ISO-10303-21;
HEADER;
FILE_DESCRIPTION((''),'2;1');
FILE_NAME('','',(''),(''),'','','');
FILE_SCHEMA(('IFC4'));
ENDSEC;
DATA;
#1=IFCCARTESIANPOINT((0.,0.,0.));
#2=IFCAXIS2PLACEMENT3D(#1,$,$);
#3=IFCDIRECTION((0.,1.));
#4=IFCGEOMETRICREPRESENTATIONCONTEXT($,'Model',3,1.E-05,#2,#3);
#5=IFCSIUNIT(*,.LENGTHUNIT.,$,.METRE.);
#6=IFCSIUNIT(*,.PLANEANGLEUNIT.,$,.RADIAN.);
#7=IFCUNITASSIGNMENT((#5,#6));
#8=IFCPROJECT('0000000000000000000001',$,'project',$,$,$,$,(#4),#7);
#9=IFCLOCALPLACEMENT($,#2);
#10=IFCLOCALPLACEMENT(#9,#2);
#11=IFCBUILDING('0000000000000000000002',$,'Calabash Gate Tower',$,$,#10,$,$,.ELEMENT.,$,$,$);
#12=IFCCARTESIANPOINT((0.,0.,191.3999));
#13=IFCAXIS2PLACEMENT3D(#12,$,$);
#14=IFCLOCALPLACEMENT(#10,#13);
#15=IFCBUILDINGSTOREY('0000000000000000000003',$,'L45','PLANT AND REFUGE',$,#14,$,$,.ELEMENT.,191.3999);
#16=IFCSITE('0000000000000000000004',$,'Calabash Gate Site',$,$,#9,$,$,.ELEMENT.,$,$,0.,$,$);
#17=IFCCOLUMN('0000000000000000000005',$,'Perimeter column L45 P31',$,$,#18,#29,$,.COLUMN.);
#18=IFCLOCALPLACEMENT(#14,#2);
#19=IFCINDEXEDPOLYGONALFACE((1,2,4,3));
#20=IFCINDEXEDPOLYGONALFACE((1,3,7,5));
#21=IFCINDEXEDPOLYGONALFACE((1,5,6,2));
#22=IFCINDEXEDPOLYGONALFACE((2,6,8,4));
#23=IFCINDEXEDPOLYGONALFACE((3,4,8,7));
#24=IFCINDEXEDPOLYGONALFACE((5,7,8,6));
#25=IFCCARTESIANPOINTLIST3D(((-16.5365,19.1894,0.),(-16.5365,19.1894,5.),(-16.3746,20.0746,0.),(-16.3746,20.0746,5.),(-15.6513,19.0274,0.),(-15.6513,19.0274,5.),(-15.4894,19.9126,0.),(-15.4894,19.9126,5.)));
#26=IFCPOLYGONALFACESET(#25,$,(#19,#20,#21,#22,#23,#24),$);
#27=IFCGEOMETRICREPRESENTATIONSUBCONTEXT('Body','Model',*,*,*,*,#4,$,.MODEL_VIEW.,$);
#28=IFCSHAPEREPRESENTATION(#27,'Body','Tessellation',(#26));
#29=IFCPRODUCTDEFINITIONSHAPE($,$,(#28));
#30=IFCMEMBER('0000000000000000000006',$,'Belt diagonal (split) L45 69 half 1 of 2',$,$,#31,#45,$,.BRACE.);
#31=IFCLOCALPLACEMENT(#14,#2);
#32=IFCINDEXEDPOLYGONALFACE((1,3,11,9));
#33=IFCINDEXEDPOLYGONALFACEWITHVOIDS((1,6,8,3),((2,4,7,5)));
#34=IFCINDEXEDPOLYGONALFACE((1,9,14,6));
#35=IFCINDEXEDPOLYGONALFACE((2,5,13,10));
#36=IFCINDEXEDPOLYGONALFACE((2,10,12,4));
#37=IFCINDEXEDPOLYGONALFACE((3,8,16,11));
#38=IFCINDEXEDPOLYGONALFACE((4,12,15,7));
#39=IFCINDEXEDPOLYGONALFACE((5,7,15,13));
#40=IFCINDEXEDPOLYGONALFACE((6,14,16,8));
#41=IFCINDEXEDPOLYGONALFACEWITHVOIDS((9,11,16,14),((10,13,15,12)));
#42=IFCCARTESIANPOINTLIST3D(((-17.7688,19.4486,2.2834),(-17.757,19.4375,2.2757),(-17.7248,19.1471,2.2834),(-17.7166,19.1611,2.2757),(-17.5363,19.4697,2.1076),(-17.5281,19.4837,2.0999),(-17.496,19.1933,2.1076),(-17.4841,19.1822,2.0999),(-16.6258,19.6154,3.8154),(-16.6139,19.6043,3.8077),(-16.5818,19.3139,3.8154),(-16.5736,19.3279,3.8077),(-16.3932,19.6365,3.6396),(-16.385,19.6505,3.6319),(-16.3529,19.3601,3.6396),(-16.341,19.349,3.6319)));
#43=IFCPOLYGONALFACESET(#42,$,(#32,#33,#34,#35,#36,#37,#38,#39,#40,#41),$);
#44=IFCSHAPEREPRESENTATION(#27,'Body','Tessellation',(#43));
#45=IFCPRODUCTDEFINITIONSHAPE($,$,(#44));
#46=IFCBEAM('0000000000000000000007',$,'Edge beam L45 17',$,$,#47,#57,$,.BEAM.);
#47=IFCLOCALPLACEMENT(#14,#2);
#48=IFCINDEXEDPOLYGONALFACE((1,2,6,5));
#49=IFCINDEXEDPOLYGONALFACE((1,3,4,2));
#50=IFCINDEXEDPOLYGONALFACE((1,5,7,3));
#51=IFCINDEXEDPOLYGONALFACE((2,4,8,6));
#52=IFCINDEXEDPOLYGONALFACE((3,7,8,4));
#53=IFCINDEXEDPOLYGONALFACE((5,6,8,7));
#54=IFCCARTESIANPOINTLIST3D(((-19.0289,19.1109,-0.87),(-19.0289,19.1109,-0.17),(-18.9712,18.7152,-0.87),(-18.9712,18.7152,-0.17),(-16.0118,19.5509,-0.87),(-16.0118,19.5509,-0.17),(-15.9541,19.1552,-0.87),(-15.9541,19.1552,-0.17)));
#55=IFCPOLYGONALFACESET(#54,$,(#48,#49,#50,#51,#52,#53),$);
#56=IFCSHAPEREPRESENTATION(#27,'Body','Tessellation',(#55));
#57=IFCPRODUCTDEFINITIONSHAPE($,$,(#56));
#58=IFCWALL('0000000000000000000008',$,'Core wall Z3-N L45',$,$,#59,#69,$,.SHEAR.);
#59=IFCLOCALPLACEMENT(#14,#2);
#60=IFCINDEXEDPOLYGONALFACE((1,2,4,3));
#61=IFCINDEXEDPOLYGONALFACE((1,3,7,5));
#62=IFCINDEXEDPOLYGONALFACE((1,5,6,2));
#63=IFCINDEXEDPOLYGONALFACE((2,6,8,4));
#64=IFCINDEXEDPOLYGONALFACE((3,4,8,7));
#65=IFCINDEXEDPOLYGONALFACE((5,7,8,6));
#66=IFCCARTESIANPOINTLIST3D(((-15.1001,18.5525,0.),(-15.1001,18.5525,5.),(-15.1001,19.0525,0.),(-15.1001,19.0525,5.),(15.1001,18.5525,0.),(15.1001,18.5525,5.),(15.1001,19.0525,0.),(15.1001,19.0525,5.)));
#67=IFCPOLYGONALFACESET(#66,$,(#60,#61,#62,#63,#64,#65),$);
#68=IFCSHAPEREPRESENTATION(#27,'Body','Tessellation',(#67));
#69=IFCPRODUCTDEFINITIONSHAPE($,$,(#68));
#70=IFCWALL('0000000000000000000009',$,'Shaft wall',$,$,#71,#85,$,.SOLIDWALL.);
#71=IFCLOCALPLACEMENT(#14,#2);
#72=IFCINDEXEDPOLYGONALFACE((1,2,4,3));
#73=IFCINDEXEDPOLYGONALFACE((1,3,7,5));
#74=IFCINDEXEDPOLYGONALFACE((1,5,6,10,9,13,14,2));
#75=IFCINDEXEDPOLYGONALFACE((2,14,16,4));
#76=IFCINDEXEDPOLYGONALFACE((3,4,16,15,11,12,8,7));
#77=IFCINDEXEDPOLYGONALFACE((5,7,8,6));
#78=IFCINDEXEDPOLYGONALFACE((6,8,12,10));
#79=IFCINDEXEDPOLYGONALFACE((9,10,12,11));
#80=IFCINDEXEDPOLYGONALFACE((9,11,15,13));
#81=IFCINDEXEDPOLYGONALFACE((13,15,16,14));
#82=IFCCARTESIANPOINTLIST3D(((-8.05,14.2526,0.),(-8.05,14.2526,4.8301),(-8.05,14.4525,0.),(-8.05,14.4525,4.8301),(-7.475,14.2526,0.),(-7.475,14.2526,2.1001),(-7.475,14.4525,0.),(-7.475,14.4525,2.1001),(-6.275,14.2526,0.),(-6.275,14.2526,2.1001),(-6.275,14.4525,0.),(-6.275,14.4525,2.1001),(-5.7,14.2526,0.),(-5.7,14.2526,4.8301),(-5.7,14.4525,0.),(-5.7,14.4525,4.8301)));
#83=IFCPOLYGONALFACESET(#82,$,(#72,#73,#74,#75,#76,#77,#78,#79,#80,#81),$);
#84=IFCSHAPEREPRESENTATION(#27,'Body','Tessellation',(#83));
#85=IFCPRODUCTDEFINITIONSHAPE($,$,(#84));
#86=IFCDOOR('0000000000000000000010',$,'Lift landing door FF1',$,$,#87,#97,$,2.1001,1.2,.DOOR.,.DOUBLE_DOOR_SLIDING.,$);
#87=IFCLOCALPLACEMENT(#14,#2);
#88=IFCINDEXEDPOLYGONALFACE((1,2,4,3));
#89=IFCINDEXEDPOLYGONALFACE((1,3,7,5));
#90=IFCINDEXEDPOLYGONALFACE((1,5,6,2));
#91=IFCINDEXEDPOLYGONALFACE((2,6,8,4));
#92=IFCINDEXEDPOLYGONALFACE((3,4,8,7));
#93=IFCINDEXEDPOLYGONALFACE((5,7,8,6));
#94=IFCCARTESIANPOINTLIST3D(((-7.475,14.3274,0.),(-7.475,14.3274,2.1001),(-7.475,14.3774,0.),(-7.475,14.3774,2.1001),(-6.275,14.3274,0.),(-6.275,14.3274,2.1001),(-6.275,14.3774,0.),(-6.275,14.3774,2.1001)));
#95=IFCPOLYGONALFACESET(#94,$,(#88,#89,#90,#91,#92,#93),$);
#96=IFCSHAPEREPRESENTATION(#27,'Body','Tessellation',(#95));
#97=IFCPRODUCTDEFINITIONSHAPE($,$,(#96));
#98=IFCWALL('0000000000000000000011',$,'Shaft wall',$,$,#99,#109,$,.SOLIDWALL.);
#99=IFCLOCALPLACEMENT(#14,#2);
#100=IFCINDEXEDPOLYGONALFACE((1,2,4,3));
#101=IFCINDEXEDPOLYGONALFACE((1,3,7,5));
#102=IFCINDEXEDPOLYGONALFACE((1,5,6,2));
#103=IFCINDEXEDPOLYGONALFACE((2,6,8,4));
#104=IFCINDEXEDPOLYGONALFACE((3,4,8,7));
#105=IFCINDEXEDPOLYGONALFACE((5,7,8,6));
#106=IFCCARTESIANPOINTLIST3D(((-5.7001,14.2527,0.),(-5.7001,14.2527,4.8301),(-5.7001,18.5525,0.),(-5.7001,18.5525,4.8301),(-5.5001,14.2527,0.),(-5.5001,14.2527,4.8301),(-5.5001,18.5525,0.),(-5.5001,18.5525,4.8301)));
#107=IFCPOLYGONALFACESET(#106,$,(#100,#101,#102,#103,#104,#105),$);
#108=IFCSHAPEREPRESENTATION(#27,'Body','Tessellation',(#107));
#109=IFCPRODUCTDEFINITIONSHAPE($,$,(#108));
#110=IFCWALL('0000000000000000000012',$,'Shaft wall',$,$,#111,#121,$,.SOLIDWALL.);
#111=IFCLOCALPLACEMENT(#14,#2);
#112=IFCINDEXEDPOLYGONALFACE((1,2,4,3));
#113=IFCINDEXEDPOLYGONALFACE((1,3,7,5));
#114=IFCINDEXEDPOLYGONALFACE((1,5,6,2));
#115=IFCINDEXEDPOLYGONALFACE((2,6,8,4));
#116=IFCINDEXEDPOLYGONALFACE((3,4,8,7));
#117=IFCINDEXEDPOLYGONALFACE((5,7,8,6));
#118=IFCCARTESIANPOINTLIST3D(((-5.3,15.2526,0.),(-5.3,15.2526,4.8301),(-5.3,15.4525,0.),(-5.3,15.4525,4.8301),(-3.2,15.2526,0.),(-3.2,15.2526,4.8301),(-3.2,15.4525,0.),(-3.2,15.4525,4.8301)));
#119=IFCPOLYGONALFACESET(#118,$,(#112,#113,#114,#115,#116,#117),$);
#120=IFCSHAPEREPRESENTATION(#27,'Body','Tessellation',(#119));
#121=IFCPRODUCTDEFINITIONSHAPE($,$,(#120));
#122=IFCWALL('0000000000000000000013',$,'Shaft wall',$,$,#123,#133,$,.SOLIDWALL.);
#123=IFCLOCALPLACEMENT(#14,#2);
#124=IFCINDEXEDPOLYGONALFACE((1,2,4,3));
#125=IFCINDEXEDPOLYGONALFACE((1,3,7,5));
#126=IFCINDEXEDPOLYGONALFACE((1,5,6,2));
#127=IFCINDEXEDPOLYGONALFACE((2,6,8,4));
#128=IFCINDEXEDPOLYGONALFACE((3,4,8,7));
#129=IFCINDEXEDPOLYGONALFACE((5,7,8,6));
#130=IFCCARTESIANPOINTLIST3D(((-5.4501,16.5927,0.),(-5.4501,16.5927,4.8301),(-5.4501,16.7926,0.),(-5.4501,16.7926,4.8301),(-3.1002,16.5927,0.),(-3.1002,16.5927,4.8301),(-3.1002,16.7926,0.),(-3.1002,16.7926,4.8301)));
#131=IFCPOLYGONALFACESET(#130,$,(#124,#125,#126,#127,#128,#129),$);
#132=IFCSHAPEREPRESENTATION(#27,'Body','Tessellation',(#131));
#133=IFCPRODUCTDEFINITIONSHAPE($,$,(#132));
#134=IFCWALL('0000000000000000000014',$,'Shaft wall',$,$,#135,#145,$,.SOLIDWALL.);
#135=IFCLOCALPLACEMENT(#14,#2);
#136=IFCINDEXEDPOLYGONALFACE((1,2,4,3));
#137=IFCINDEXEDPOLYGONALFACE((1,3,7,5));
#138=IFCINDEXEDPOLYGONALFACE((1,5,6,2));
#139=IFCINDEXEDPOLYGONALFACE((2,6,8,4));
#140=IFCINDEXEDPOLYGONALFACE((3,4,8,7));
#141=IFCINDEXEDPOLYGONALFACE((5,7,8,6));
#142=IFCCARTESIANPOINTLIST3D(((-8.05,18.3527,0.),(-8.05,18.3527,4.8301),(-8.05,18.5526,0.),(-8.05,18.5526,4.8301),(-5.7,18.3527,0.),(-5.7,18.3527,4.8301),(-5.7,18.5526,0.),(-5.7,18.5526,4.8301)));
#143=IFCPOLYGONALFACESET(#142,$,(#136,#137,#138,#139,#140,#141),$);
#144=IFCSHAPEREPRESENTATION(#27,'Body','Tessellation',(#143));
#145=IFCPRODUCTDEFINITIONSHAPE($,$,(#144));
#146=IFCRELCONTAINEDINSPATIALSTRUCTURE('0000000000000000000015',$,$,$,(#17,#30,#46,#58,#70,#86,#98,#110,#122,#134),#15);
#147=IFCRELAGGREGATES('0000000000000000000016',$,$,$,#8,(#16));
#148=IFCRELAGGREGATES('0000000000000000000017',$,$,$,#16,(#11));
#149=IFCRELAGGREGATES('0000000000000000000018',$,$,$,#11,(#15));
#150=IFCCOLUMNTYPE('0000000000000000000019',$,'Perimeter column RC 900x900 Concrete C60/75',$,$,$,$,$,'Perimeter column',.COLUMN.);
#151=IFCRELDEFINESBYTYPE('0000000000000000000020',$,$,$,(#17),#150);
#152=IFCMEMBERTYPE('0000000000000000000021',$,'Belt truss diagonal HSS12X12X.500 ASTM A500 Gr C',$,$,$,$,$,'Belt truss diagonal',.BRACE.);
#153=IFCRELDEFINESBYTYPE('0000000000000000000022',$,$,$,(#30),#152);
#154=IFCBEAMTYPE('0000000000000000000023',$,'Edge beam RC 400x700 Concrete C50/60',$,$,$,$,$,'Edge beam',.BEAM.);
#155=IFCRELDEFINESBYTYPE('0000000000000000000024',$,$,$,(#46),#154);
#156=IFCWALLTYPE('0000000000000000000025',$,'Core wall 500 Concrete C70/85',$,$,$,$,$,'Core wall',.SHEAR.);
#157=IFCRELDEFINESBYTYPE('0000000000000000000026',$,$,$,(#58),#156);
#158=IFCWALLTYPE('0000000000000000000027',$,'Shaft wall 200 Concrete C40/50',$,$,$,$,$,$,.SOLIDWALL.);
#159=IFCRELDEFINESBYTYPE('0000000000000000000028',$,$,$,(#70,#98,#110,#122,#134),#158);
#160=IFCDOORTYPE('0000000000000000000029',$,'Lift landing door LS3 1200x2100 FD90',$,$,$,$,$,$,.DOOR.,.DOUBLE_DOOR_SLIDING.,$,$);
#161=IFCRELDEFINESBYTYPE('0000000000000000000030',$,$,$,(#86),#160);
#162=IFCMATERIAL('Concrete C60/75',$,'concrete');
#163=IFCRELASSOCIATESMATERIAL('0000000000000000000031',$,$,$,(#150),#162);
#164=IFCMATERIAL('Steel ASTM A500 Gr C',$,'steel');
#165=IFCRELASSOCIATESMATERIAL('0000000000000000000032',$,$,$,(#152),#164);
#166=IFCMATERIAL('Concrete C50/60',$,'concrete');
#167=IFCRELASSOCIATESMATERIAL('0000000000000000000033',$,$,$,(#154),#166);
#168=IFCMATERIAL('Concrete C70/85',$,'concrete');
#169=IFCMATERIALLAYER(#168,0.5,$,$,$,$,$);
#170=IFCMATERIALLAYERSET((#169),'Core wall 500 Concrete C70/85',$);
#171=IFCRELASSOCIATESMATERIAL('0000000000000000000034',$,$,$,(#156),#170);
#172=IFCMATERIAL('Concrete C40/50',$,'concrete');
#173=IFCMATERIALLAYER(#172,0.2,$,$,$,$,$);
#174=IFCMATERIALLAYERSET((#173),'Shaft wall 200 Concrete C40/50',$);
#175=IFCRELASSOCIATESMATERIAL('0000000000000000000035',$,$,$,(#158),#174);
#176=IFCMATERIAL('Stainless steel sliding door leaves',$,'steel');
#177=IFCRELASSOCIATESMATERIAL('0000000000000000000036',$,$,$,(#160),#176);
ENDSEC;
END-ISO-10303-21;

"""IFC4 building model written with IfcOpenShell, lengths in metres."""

from ifc_helpers import new_model, si_unit, direction, frame, frame_2d, origin, origin_2d, place, context, subcontext, project, spatial, rectangle, hollow_rectangle, extrude, material, layer, layer_set, material_profile, profile_set, type_object, element, fill, save


model = new_model("IFC4")

# Units and contexts
model_context = context("Model", 3, precision=1e-05, world=origin(), true_north=direction((0.0, 1.0)))
body_context = subcontext(model_context, "Body", "Model", "MODEL_VIEW")
ifc_project = project(units=[si_unit("LENGTHUNIT", "METRE"), si_unit("PLANEANGLEUNIT", "RADIAN")], contexts=[model_context])

# Site, building, storey
site_placement = place(None, origin())
site = spatial("IfcSite", under=ifc_project, at=site_placement, Name="Calabash Gate Site", CompositionType="ELEMENT", RefElevation=0.0)
building_placement = place(site_placement, origin())
building = spatial("IfcBuilding", under=site, at=building_placement, Name="Calabash Gate Tower", CompositionType="ELEMENT")
storey_placement = place(building_placement, frame((0.0, 0.0, 191.3999)))
storey = spatial("IfcBuildingStorey", under=building, at=storey_placement, Name="L45", Description="PLANT AND REFUGE", CompositionType="ELEMENT", Elevation=191.3999)

# Column
ifc_material_1 = material(Name="Concrete C60/75", Category="concrete")
ifc_material_profile_1 = material_profile(ifc_material_1, rectangle(XDim=0.8999, YDim=0.8999, at=origin_2d()))
ifc_profile_set_1 = profile_set([ifc_material_profile_1], Name="Concrete C60/75")
column_type = type_object("IfcColumnType", Name="Perimeter column RC 900x900 Concrete C60/75", ElementType="Perimeter column", PredefinedType="COLUMN", material=ifc_profile_set_1)
column_placement = place(storey_placement, frame((-16.0129, 19.551, 0.0), z_axis=(0.0, 0.0, 1.0), x_axis=(-0.98367, 0.179982, 0.0)))
element("IfcColumn", 1, at=column_placement, inside=storey, type_object=column_type, Name="Perimeter column L45 P31", PredefinedType="COLUMN", context=body_context, shape_type="SweptSolid", body=[
    extrude(rectangle(XDim=0.8999, YDim=0.8999, at=origin_2d()), origin(), (0.0, 0.0, 1.0), 5.0),
])

# Member
ifc_material_2 = material(Name="Steel ASTM A500 Gr C", Category="steel")
ifc_material_profile_2 = material_profile(ifc_material_2, hollow_rectangle(XDim=0.3047, YDim=0.3047, WallThickness=0.0127, at=origin_2d()))
ifc_profile_set_2 = profile_set([ifc_material_profile_2], Name="Steel ASTM A500 Gr C")
member_type = type_object("IfcMemberType", Name="Belt truss diagonal HSS12X12X.500 ASTM A500 Gr C", ElementType="Belt truss diagonal", PredefinedType="BRACE", material=ifc_profile_set_2)
member_placement = place(storey_placement, frame((-16.4834, 19.4822, 3.7236), z_axis=(-0.595753, -0.086907, -0.798452), x_axis=(0.14435, -0.989527, 0.0)))
element("IfcMember", 2, at=member_placement, inside=storey, type_object=member_type, Name="Belt diagonal (split) L45 69 half 1 of 2", PredefinedType="BRACE", context=body_context, shape_type="SweptSolid", body=[
    extrude(hollow_rectangle(XDim=0.3047, YDim=0.3047, WallThickness=0.0127, at=origin_2d()), origin(), (0.0, 0.0, 1.0), 1.9187),
])

# Beam
ifc_material_3 = material(Name="Concrete C50/60", Category="concrete")
ifc_material_profile_3 = material_profile(ifc_material_3, rectangle(XDim=0.3999, YDim=0.7, at=origin_2d()))
ifc_profile_set_3 = profile_set([ifc_material_profile_3], Name="Concrete C50/60")
beam_type = type_object("IfcBeamType", Name="Edge beam RC 400x700 Concrete C50/60", ElementType="Edge beam", PredefinedType="BEAM", material=ifc_profile_set_3)
beam_placement = place(storey_placement, frame((-15.9829, 19.353, -0.52), z_axis=(-0.989535, -0.144291, 0.0), x_axis=(0.144291, -0.989535, 0.0)))
element("IfcBeam", 3, at=beam_placement, inside=storey, type_object=beam_type, Name="Edge beam L45 17", PredefinedType="BEAM", context=body_context, shape_type="SweptSolid", body=[
    extrude(rectangle(XDim=0.3999, YDim=0.7, at=origin_2d()), origin(), (0.0, 0.0, 1.0), 3.0491),
])

# Wall
ifc_material_4 = material(Name="Concrete C70/85", Category="concrete")
ifc_layer_1 = layer(ifc_material_4, 0.5)
ifc_layer_set_1 = layer_set([ifc_layer_1], Name="Core wall 500 Concrete C70/85")
wall_type_1 = type_object("IfcWallType", Name="Core wall 500 Concrete C70/85", ElementType="Core wall", PredefinedType="SHEAR", material=ifc_layer_set_1)
wall_1_placement = place(storey_placement, frame((-15.1001, 18.8025, 0.0), z_axis=(0.0, 0.0, 1.0), x_axis=(1.0, 0.0, 0.0)))
element("IfcWall", 4, at=wall_1_placement, inside=storey, type_object=wall_type_1, Name="Core wall Z3-N L45", PredefinedType="SHEAR", context=body_context, shape_type="SweptSolid", body=[
    extrude(rectangle(XDim=30.2002, YDim=0.5, at=frame_2d((15.1001, 0.0))), origin(), (0.0, 0.0, 1.0), 5.0),
])

# Wall, opening, door
ifc_material_5 = material(Name="Concrete C40/50", Category="concrete")
ifc_layer_2 = layer(ifc_material_5, 0.2)
ifc_layer_set_2 = layer_set([ifc_layer_2], Name="Shaft wall 200 Concrete C40/50")
wall_type_2 = type_object("IfcWallType", Name="Shaft wall 200 Concrete C40/50", PredefinedType="SOLIDWALL", material=ifc_layer_set_2)
wall_2_placement = place(storey_placement, frame((-8.05, 14.3525, 0.0), z_axis=(0.0, 0.0, 1.0), x_axis=(1.0, 0.0, 0.0)))
wall_2 = element("IfcWall", 5, at=wall_2_placement, inside=storey, type_object=wall_type_2, Name="Shaft wall", PredefinedType="SOLIDWALL", context=body_context, shape_type="SweptSolid", body=[
    extrude(rectangle(XDim=2.3501, YDim=0.2, at=frame_2d((1.175, 0.0))), origin(), (0.0, 0.0, 1.0), 4.8301),
])
opening_placement = place(wall_2_placement, frame((0.575, 0.0, 0.0)))
opening = element("IfcOpeningElement", 6, at=opening_placement, cuts=wall_2, PredefinedType="OPENING", context=body_context, shape_type="SweptSolid", body=[
    extrude(rectangle(XDim=1.2, YDim=2.1001, at=frame_2d((0.6001, 1.05))), frame((0.0, 0.1099, 0.0), z_axis=(0.0, -1.0, 0.0), x_axis=(1.0, 0.0, 0.0)), (0.0, 0.0, 1.0), 0.22),
])
ifc_material_6 = material(Name="Stainless steel sliding door leaves", Category="steel")
door_type = type_object("IfcDoorType", Name="Lift landing door LS3 1200x2100 FD90", OperationType="DOUBLE_DOOR_SLIDING", PredefinedType="DOOR", material=ifc_material_6)
door_placement = place(opening_placement, origin())
door = element("IfcDoor", 7, at=door_placement, inside=storey, type_object=door_type, Name="Lift landing door FF1", OperationType="DOUBLE_DOOR_SLIDING", OverallHeight=2.1001, OverallWidth=1.2, PredefinedType="DOOR", context=body_context, shape_type="SweptSolid", body=[
    extrude(rectangle(XDim=1.2, YDim=2.1001, at=frame_2d((0.6001, 1.05))), frame((0.0, 0.0249, 0.0), z_axis=(0.0, -1.0, 0.0), x_axis=(1.0, 0.0, 0.0)), (0.0, 0.0, 1.0), 0.05),
])
fill(opening, door)

# Walls
wall_3_placement = place(storey_placement, frame((-5.6001, 14.2527, 0.0), z_axis=(0.0, 0.0, 1.0), x_axis=(0.0, 1.0, 0.0)))
element("IfcWall", 8, at=wall_3_placement, inside=storey, type_object=wall_type_2, Name="Shaft wall", PredefinedType="SOLIDWALL", context=body_context, shape_type="SweptSolid", body=[
    extrude(rectangle(XDim=4.2998, YDim=0.2, at=frame_2d((2.1499, 0.0))), origin(), (0.0, 0.0, 1.0), 4.8301),
])
wall_4_placement = place(storey_placement, frame((-5.3, 15.3525, 0.0), z_axis=(0.0, 0.0, 1.0), x_axis=(1.0, 0.0, 0.0)))
element("IfcWall", 9, at=wall_4_placement, inside=storey, type_object=wall_type_2, Name="Shaft wall", PredefinedType="SOLIDWALL", context=body_context, shape_type="SweptSolid", body=[
    extrude(rectangle(XDim=2.1001, YDim=0.2, at=frame_2d((1.05, 0.0))), origin(), (0.0, 0.0, 1.0), 4.8301),
])
wall_5_placement = place(storey_placement, frame((-5.45, 16.6926, 0.0), z_axis=(0.0, 0.0, 1.0), x_axis=(1.0, 0.0, 0.0)))
element("IfcWall", 10, at=wall_5_placement, inside=storey, type_object=wall_type_2, Name="Shaft wall", PredefinedType="SOLIDWALL", context=body_context, shape_type="SweptSolid", body=[
    extrude(rectangle(XDim=2.3499, YDim=0.2, at=frame_2d((1.1748, 0.0))), origin(), (0.0, 0.0, 1.0), 4.8301),
])
wall_6_placement = place(storey_placement, frame((-8.05, 18.4526, 0.0), z_axis=(0.0, 0.0, 1.0), x_axis=(1.0, 0.0, 0.0)))
element("IfcWall", 11, at=wall_6_placement, inside=storey, type_object=wall_type_2, Name="Shaft wall", PredefinedType="SOLIDWALL", context=body_context, shape_type="SweptSolid", body=[
    extrude(rectangle(XDim=2.3501, YDim=0.2, at=frame_2d((1.175, 0.0))), origin(), (0.0, 0.0, 1.0), 4.8301),
])

save(model, "model.ifc")
